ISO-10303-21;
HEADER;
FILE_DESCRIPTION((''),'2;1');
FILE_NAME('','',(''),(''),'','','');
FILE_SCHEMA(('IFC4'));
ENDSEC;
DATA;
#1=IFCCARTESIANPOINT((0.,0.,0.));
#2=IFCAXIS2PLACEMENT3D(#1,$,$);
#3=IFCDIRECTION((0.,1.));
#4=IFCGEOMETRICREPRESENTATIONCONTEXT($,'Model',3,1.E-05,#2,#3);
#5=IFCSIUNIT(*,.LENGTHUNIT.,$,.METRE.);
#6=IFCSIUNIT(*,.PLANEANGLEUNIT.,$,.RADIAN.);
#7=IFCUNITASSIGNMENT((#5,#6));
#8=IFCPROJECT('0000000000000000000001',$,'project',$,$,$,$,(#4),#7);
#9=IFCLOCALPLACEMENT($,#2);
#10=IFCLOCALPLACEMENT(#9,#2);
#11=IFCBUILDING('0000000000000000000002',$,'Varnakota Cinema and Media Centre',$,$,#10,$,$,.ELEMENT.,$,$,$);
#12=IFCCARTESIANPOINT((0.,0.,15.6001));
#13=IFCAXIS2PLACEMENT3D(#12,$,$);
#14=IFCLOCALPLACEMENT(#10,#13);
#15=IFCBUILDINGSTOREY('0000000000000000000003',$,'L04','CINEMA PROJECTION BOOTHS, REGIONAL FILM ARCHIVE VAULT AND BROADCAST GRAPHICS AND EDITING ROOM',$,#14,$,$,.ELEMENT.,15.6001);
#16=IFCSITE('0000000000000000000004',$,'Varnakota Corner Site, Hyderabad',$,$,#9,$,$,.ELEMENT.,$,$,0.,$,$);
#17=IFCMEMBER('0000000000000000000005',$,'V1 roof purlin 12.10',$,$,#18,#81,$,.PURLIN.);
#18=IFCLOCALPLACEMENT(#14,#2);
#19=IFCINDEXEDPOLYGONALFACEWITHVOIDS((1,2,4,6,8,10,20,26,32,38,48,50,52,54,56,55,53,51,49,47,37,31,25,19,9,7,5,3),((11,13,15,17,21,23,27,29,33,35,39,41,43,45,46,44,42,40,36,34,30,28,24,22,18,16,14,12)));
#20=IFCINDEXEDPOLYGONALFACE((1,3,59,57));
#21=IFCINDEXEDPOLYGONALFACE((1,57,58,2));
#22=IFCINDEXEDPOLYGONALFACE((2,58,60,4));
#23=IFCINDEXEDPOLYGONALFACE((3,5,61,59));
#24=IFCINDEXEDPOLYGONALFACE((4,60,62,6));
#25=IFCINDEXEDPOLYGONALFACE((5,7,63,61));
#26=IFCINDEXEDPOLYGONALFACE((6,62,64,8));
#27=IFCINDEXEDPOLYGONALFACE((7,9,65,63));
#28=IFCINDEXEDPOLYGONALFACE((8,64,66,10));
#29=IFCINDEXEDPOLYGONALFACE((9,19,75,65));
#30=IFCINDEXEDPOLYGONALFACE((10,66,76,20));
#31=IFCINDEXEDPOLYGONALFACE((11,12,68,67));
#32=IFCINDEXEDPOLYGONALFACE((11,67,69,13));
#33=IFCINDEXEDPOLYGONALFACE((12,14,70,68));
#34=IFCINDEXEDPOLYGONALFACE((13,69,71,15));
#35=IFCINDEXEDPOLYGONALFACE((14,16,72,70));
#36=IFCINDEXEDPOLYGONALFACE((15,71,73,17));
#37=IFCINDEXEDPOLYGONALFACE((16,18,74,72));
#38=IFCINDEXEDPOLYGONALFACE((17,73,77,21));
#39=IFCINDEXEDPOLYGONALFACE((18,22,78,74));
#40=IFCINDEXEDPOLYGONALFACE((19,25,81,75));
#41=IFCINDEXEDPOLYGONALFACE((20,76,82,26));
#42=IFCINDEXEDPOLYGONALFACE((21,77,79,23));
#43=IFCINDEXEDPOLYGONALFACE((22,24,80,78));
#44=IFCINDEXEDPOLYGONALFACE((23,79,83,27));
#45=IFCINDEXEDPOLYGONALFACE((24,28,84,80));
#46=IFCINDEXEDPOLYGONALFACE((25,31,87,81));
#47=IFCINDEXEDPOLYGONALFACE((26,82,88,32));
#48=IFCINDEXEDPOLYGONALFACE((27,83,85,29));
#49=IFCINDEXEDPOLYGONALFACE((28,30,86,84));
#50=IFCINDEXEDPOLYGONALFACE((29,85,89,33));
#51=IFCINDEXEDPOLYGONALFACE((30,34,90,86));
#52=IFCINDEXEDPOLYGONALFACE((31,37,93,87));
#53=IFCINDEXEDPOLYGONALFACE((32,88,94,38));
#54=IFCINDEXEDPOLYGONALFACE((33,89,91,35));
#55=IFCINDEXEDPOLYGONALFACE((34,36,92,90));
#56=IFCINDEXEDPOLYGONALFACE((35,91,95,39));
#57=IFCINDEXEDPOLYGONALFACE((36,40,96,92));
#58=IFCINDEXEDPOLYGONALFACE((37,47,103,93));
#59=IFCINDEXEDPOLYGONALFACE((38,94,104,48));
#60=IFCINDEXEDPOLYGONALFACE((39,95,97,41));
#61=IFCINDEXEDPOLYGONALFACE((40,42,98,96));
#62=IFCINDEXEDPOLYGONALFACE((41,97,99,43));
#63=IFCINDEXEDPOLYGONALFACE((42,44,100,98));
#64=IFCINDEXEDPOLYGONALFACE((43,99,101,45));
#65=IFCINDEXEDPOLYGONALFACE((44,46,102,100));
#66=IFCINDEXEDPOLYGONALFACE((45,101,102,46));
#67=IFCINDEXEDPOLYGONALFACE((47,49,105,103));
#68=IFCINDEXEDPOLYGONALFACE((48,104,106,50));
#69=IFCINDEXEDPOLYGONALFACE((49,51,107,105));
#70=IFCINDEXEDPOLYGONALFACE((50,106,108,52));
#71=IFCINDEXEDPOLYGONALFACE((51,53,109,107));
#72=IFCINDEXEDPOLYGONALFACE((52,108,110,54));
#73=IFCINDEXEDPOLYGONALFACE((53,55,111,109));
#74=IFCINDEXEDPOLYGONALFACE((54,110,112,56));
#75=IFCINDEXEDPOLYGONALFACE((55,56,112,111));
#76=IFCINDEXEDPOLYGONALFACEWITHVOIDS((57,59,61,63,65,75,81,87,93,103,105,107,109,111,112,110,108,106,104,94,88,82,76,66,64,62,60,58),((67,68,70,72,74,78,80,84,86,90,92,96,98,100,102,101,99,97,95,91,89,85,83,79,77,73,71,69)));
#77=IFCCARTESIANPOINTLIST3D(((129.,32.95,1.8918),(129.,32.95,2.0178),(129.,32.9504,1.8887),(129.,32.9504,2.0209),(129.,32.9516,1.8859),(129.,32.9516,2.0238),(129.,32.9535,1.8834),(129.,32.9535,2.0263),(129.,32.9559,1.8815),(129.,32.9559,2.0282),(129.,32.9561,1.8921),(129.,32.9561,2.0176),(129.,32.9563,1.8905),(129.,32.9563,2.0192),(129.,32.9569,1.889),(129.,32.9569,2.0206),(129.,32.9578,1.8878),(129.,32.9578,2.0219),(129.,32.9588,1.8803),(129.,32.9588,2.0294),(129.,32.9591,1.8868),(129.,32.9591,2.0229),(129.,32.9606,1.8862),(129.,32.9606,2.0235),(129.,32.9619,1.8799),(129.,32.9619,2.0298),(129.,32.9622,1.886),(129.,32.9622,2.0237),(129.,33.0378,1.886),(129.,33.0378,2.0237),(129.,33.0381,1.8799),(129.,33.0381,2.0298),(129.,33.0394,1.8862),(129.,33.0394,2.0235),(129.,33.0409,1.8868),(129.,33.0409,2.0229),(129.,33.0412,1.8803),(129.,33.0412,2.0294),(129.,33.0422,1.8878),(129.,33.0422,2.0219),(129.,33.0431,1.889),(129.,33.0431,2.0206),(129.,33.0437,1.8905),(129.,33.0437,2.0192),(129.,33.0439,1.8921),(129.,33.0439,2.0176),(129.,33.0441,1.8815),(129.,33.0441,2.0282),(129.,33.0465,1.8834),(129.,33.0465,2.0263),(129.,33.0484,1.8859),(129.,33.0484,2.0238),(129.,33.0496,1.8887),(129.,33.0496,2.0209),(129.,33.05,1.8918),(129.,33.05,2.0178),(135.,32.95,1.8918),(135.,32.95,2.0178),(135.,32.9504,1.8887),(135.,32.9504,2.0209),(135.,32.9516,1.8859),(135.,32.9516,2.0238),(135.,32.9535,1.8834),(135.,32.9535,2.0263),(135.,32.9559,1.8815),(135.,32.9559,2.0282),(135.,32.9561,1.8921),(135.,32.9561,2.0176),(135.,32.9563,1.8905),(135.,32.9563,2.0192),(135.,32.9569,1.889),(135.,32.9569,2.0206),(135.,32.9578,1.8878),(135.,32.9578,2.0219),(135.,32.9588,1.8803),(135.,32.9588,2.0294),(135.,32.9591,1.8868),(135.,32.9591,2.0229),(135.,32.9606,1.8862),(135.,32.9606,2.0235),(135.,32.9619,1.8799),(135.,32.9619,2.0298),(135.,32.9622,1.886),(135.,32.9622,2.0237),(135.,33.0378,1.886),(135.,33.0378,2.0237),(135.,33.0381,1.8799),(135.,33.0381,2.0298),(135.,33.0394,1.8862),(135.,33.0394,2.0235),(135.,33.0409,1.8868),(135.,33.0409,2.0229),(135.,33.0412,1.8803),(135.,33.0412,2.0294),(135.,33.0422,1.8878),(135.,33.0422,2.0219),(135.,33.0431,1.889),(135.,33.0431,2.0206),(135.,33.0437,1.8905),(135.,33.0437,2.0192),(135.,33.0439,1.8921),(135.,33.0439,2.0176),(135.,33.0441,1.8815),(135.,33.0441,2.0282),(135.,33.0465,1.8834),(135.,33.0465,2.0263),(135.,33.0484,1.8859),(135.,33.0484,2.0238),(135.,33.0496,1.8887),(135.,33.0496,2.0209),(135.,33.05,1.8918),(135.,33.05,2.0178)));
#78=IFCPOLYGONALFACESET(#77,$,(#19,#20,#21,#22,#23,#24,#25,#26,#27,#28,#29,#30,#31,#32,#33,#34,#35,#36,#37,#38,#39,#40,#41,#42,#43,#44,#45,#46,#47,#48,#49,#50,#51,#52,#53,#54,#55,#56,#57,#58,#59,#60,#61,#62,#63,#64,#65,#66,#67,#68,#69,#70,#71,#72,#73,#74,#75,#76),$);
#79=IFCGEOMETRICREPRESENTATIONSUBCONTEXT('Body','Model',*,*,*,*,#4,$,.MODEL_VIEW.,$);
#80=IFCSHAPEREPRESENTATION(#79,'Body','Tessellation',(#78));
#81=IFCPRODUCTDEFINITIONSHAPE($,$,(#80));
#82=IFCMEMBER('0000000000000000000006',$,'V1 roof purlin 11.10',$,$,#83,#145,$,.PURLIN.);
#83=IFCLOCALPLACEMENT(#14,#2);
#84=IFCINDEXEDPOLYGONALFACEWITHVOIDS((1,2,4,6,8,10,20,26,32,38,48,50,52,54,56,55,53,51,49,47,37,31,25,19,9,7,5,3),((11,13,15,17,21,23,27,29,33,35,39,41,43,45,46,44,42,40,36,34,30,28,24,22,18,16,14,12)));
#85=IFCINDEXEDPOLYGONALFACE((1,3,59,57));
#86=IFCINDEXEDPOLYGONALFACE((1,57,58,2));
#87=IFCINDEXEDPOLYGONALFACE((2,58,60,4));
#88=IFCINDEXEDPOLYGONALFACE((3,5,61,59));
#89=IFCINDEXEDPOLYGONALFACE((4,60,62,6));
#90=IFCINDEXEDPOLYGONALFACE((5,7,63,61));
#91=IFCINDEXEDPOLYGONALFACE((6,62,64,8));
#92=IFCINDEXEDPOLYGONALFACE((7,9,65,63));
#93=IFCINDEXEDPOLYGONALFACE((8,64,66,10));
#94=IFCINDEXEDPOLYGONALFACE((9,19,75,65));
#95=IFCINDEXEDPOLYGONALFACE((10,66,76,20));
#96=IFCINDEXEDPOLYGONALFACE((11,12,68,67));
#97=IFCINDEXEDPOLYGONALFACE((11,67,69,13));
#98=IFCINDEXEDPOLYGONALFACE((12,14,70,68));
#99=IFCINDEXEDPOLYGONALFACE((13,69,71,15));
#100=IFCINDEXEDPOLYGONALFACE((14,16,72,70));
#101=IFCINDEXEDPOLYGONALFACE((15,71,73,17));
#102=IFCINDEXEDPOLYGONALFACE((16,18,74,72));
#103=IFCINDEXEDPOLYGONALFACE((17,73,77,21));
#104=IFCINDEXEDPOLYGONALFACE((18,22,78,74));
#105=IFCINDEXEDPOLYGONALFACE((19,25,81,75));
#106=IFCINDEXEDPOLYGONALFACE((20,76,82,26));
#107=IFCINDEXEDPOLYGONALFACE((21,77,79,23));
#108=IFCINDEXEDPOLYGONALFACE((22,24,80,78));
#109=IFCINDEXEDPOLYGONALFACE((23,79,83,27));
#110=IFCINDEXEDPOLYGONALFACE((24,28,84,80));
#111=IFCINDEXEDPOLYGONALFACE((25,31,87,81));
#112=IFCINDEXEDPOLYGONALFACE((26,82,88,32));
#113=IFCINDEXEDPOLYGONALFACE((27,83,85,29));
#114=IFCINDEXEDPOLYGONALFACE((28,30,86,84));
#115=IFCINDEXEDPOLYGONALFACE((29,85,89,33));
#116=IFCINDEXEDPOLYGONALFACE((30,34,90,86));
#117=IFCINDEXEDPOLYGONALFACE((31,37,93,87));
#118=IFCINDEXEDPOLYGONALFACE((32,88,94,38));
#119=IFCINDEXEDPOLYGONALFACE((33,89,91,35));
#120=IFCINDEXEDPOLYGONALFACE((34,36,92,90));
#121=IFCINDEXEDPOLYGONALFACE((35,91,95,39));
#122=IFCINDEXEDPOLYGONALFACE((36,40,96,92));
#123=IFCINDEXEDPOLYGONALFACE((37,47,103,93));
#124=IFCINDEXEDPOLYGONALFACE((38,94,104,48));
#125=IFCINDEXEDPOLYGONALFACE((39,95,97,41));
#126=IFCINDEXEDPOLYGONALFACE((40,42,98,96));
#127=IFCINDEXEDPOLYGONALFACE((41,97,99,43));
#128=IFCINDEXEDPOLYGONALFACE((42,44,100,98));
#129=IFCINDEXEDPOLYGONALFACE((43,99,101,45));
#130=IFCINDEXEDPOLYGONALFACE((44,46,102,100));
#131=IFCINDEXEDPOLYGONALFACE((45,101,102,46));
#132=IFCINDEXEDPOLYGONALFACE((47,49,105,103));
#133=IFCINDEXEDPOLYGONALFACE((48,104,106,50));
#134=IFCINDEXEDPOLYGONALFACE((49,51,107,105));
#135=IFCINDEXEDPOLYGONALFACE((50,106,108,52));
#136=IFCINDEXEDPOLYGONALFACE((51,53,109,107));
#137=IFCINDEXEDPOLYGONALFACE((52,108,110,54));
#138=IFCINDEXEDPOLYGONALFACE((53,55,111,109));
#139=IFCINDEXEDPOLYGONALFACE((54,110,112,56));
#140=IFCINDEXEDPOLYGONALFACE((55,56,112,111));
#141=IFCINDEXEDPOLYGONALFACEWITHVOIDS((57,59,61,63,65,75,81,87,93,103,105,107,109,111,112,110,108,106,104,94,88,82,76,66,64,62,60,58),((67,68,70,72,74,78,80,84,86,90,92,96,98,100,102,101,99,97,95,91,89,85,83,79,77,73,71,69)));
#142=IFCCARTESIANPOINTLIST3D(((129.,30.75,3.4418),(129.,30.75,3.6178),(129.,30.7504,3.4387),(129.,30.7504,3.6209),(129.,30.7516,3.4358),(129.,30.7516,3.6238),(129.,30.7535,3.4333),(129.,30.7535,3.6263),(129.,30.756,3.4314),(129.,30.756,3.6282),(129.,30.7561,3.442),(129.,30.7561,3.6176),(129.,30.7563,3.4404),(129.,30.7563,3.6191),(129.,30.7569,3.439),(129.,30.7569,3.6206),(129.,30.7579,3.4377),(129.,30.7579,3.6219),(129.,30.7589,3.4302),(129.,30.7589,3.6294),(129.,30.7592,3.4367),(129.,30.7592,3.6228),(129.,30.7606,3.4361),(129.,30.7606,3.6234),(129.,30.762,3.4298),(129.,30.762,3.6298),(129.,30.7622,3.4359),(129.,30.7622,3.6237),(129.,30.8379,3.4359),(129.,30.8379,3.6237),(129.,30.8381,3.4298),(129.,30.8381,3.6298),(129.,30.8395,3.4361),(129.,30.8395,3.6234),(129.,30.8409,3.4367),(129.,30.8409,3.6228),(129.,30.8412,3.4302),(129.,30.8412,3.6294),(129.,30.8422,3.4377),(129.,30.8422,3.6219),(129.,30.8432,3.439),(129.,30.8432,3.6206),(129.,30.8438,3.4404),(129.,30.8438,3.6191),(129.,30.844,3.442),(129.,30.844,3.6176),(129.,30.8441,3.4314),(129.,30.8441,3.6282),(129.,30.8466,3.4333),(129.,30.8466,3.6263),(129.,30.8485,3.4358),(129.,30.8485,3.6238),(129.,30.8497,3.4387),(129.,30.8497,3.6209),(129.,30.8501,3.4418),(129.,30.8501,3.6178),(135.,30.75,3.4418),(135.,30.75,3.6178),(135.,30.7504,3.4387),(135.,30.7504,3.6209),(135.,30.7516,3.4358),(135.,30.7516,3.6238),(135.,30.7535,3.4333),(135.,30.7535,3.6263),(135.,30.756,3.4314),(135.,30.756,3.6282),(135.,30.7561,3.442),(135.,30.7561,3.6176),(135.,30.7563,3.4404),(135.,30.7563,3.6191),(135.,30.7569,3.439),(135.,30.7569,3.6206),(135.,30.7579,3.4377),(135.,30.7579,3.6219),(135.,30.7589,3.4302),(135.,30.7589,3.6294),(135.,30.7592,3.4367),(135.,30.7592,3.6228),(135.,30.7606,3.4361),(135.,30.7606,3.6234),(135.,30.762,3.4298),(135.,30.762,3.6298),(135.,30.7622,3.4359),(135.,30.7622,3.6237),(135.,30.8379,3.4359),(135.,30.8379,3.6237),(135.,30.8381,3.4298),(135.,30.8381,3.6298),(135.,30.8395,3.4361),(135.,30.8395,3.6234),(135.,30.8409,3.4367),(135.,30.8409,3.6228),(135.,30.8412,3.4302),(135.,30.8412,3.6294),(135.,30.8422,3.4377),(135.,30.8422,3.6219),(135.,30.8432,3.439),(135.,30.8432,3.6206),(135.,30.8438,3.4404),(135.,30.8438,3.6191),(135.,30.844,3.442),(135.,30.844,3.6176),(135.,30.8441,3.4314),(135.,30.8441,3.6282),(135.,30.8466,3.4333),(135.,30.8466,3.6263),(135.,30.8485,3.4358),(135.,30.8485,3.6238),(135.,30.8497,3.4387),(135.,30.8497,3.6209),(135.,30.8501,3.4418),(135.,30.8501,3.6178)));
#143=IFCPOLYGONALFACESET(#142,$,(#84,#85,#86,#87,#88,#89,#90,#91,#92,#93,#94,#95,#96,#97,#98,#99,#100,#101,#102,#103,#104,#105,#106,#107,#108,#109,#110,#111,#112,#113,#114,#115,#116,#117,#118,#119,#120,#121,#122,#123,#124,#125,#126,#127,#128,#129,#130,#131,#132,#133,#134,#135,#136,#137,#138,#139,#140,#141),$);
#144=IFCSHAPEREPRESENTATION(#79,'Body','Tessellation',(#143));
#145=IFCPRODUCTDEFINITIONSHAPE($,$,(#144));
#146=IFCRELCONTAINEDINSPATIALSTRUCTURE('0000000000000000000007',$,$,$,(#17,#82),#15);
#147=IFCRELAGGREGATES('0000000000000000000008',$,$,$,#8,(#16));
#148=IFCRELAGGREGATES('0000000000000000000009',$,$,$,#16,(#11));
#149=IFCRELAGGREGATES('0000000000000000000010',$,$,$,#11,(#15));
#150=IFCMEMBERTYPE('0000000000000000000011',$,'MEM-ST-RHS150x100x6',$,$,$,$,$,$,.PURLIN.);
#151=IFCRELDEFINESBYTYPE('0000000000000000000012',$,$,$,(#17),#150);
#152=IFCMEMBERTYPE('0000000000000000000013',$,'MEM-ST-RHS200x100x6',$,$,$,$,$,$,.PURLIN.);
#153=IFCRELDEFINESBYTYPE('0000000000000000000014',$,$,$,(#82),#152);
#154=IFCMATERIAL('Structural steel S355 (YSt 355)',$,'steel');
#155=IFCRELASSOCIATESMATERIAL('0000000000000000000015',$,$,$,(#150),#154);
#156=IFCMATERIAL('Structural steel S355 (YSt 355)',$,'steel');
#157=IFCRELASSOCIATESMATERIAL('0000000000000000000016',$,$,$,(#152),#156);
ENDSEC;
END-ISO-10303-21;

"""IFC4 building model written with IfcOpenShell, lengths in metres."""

from ifc_helpers import new_model, si_unit, direction, frame, origin, origin_2d, place, context, subcontext, project, spatial, hollow_rectangle, extrude, material, material_profile, profile_set, type_object, element, save


model = new_model("IFC4")

# Units and contexts
model_context = context("Model", 3, precision=1e-05, world=origin(), true_north=direction((0.0, 1.0)))
body_context = subcontext(model_context, "Body", "Model", "MODEL_VIEW")
ifc_project = project(units=[si_unit("LENGTHUNIT", "METRE"), si_unit("PLANEANGLEUNIT", "RADIAN")], contexts=[model_context])

# Site, building, storey
site_placement = place(None, origin())
site = spatial("IfcSite", under=ifc_project, at=site_placement, Name="Varnakota Corner Site, Hyderabad", CompositionType="ELEMENT", RefElevation=0.0)
building_placement = place(site_placement, origin())
building = spatial("IfcBuilding", under=site, at=building_placement, Name="Varnakota Cinema and Media Centre", CompositionType="ELEMENT")
storey_placement = place(building_placement, frame((0.0, 0.0, 15.6001)))
storey = spatial("IfcBuildingStorey", under=building, at=storey_placement, Name="L04", Description="CINEMA PROJECTION BOOTHS, REGIONAL FILM ARCHIVE VAULT AND BROADCAST GRAPHICS AND EDITING ROOM", CompositionType="ELEMENT", Elevation=15.6001)

# Members
ifc_material_1 = material(Name="Structural steel S355 (YSt 355)", Category="steel")
ifc_material_profile_1 = material_profile(ifc_material_1, hollow_rectangle(XDim=0.1001, YDim=0.1499, WallThickness=0.0061, InnerFilletRadius=0.0061, OuterFilletRadius=0.012, at=origin_2d()), Name="RHS 150x100x6")
ifc_profile_set_1 = profile_set([ifc_material_profile_1], Name="Structural steel S355 (YSt 355)")
member_type_1 = type_object("IfcMemberType", Name="MEM-ST-RHS150x100x6", PredefinedType="PURLIN", material=ifc_profile_set_1)
for number, where, z_axis, x_axis, name in (
    (1, (129.0, 33.0, 1.9548), (1.0, 0.0, 0.0), (0.0, 1.0, 0.0), "V1 roof purlin 12.10"),
):
    element("IfcMember", number, at=place(storey_placement, frame(where, z_axis=z_axis, x_axis=x_axis)), inside=storey, type_object=member_type_1, Name=name, PredefinedType="PURLIN", context=body_context, shape_type="SweptSolid", body=[
        extrude(hollow_rectangle(XDim=0.1001, YDim=0.1499, WallThickness=0.0061, InnerFilletRadius=0.0061, OuterFilletRadius=0.012, at=origin_2d()), origin(), (0.0, 0.0, 1.0), 6.0),
    ])
ifc_material_2 = material(Name="Structural steel S355 (YSt 355)", Category="steel")
ifc_material_profile_2 = material_profile(ifc_material_2, hollow_rectangle(XDim=0.1001, YDim=0.2, WallThickness=0.0061, InnerFilletRadius=0.0061, OuterFilletRadius=0.012, at=origin_2d()), Name="RHS 200x100x6")
ifc_profile_set_2 = profile_set([ifc_material_profile_2], Name="Structural steel S355 (YSt 355)")
member_type_2 = type_object("IfcMemberType", Name="MEM-ST-RHS200x100x6", PredefinedType="PURLIN", material=ifc_profile_set_2)
member_1_placement = place(storey_placement, frame((129.0, 30.8, 3.5298), z_axis=(1.0, 0.0, 0.0), x_axis=(0.0, 1.0, 0.0)))
element("IfcMember", 2, at=member_1_placement, inside=storey, type_object=member_type_2, Name="V1 roof purlin 11.10", PredefinedType="PURLIN", context=body_context, shape_type="SweptSolid", body=[
    extrude(hollow_rectangle(XDim=0.1001, YDim=0.2, WallThickness=0.0061, InnerFilletRadius=0.0061, OuterFilletRadius=0.012, at=origin_2d()), origin(), (0.0, 0.0, 1.0), 6.0),
])

save(model, "model.ifc")
